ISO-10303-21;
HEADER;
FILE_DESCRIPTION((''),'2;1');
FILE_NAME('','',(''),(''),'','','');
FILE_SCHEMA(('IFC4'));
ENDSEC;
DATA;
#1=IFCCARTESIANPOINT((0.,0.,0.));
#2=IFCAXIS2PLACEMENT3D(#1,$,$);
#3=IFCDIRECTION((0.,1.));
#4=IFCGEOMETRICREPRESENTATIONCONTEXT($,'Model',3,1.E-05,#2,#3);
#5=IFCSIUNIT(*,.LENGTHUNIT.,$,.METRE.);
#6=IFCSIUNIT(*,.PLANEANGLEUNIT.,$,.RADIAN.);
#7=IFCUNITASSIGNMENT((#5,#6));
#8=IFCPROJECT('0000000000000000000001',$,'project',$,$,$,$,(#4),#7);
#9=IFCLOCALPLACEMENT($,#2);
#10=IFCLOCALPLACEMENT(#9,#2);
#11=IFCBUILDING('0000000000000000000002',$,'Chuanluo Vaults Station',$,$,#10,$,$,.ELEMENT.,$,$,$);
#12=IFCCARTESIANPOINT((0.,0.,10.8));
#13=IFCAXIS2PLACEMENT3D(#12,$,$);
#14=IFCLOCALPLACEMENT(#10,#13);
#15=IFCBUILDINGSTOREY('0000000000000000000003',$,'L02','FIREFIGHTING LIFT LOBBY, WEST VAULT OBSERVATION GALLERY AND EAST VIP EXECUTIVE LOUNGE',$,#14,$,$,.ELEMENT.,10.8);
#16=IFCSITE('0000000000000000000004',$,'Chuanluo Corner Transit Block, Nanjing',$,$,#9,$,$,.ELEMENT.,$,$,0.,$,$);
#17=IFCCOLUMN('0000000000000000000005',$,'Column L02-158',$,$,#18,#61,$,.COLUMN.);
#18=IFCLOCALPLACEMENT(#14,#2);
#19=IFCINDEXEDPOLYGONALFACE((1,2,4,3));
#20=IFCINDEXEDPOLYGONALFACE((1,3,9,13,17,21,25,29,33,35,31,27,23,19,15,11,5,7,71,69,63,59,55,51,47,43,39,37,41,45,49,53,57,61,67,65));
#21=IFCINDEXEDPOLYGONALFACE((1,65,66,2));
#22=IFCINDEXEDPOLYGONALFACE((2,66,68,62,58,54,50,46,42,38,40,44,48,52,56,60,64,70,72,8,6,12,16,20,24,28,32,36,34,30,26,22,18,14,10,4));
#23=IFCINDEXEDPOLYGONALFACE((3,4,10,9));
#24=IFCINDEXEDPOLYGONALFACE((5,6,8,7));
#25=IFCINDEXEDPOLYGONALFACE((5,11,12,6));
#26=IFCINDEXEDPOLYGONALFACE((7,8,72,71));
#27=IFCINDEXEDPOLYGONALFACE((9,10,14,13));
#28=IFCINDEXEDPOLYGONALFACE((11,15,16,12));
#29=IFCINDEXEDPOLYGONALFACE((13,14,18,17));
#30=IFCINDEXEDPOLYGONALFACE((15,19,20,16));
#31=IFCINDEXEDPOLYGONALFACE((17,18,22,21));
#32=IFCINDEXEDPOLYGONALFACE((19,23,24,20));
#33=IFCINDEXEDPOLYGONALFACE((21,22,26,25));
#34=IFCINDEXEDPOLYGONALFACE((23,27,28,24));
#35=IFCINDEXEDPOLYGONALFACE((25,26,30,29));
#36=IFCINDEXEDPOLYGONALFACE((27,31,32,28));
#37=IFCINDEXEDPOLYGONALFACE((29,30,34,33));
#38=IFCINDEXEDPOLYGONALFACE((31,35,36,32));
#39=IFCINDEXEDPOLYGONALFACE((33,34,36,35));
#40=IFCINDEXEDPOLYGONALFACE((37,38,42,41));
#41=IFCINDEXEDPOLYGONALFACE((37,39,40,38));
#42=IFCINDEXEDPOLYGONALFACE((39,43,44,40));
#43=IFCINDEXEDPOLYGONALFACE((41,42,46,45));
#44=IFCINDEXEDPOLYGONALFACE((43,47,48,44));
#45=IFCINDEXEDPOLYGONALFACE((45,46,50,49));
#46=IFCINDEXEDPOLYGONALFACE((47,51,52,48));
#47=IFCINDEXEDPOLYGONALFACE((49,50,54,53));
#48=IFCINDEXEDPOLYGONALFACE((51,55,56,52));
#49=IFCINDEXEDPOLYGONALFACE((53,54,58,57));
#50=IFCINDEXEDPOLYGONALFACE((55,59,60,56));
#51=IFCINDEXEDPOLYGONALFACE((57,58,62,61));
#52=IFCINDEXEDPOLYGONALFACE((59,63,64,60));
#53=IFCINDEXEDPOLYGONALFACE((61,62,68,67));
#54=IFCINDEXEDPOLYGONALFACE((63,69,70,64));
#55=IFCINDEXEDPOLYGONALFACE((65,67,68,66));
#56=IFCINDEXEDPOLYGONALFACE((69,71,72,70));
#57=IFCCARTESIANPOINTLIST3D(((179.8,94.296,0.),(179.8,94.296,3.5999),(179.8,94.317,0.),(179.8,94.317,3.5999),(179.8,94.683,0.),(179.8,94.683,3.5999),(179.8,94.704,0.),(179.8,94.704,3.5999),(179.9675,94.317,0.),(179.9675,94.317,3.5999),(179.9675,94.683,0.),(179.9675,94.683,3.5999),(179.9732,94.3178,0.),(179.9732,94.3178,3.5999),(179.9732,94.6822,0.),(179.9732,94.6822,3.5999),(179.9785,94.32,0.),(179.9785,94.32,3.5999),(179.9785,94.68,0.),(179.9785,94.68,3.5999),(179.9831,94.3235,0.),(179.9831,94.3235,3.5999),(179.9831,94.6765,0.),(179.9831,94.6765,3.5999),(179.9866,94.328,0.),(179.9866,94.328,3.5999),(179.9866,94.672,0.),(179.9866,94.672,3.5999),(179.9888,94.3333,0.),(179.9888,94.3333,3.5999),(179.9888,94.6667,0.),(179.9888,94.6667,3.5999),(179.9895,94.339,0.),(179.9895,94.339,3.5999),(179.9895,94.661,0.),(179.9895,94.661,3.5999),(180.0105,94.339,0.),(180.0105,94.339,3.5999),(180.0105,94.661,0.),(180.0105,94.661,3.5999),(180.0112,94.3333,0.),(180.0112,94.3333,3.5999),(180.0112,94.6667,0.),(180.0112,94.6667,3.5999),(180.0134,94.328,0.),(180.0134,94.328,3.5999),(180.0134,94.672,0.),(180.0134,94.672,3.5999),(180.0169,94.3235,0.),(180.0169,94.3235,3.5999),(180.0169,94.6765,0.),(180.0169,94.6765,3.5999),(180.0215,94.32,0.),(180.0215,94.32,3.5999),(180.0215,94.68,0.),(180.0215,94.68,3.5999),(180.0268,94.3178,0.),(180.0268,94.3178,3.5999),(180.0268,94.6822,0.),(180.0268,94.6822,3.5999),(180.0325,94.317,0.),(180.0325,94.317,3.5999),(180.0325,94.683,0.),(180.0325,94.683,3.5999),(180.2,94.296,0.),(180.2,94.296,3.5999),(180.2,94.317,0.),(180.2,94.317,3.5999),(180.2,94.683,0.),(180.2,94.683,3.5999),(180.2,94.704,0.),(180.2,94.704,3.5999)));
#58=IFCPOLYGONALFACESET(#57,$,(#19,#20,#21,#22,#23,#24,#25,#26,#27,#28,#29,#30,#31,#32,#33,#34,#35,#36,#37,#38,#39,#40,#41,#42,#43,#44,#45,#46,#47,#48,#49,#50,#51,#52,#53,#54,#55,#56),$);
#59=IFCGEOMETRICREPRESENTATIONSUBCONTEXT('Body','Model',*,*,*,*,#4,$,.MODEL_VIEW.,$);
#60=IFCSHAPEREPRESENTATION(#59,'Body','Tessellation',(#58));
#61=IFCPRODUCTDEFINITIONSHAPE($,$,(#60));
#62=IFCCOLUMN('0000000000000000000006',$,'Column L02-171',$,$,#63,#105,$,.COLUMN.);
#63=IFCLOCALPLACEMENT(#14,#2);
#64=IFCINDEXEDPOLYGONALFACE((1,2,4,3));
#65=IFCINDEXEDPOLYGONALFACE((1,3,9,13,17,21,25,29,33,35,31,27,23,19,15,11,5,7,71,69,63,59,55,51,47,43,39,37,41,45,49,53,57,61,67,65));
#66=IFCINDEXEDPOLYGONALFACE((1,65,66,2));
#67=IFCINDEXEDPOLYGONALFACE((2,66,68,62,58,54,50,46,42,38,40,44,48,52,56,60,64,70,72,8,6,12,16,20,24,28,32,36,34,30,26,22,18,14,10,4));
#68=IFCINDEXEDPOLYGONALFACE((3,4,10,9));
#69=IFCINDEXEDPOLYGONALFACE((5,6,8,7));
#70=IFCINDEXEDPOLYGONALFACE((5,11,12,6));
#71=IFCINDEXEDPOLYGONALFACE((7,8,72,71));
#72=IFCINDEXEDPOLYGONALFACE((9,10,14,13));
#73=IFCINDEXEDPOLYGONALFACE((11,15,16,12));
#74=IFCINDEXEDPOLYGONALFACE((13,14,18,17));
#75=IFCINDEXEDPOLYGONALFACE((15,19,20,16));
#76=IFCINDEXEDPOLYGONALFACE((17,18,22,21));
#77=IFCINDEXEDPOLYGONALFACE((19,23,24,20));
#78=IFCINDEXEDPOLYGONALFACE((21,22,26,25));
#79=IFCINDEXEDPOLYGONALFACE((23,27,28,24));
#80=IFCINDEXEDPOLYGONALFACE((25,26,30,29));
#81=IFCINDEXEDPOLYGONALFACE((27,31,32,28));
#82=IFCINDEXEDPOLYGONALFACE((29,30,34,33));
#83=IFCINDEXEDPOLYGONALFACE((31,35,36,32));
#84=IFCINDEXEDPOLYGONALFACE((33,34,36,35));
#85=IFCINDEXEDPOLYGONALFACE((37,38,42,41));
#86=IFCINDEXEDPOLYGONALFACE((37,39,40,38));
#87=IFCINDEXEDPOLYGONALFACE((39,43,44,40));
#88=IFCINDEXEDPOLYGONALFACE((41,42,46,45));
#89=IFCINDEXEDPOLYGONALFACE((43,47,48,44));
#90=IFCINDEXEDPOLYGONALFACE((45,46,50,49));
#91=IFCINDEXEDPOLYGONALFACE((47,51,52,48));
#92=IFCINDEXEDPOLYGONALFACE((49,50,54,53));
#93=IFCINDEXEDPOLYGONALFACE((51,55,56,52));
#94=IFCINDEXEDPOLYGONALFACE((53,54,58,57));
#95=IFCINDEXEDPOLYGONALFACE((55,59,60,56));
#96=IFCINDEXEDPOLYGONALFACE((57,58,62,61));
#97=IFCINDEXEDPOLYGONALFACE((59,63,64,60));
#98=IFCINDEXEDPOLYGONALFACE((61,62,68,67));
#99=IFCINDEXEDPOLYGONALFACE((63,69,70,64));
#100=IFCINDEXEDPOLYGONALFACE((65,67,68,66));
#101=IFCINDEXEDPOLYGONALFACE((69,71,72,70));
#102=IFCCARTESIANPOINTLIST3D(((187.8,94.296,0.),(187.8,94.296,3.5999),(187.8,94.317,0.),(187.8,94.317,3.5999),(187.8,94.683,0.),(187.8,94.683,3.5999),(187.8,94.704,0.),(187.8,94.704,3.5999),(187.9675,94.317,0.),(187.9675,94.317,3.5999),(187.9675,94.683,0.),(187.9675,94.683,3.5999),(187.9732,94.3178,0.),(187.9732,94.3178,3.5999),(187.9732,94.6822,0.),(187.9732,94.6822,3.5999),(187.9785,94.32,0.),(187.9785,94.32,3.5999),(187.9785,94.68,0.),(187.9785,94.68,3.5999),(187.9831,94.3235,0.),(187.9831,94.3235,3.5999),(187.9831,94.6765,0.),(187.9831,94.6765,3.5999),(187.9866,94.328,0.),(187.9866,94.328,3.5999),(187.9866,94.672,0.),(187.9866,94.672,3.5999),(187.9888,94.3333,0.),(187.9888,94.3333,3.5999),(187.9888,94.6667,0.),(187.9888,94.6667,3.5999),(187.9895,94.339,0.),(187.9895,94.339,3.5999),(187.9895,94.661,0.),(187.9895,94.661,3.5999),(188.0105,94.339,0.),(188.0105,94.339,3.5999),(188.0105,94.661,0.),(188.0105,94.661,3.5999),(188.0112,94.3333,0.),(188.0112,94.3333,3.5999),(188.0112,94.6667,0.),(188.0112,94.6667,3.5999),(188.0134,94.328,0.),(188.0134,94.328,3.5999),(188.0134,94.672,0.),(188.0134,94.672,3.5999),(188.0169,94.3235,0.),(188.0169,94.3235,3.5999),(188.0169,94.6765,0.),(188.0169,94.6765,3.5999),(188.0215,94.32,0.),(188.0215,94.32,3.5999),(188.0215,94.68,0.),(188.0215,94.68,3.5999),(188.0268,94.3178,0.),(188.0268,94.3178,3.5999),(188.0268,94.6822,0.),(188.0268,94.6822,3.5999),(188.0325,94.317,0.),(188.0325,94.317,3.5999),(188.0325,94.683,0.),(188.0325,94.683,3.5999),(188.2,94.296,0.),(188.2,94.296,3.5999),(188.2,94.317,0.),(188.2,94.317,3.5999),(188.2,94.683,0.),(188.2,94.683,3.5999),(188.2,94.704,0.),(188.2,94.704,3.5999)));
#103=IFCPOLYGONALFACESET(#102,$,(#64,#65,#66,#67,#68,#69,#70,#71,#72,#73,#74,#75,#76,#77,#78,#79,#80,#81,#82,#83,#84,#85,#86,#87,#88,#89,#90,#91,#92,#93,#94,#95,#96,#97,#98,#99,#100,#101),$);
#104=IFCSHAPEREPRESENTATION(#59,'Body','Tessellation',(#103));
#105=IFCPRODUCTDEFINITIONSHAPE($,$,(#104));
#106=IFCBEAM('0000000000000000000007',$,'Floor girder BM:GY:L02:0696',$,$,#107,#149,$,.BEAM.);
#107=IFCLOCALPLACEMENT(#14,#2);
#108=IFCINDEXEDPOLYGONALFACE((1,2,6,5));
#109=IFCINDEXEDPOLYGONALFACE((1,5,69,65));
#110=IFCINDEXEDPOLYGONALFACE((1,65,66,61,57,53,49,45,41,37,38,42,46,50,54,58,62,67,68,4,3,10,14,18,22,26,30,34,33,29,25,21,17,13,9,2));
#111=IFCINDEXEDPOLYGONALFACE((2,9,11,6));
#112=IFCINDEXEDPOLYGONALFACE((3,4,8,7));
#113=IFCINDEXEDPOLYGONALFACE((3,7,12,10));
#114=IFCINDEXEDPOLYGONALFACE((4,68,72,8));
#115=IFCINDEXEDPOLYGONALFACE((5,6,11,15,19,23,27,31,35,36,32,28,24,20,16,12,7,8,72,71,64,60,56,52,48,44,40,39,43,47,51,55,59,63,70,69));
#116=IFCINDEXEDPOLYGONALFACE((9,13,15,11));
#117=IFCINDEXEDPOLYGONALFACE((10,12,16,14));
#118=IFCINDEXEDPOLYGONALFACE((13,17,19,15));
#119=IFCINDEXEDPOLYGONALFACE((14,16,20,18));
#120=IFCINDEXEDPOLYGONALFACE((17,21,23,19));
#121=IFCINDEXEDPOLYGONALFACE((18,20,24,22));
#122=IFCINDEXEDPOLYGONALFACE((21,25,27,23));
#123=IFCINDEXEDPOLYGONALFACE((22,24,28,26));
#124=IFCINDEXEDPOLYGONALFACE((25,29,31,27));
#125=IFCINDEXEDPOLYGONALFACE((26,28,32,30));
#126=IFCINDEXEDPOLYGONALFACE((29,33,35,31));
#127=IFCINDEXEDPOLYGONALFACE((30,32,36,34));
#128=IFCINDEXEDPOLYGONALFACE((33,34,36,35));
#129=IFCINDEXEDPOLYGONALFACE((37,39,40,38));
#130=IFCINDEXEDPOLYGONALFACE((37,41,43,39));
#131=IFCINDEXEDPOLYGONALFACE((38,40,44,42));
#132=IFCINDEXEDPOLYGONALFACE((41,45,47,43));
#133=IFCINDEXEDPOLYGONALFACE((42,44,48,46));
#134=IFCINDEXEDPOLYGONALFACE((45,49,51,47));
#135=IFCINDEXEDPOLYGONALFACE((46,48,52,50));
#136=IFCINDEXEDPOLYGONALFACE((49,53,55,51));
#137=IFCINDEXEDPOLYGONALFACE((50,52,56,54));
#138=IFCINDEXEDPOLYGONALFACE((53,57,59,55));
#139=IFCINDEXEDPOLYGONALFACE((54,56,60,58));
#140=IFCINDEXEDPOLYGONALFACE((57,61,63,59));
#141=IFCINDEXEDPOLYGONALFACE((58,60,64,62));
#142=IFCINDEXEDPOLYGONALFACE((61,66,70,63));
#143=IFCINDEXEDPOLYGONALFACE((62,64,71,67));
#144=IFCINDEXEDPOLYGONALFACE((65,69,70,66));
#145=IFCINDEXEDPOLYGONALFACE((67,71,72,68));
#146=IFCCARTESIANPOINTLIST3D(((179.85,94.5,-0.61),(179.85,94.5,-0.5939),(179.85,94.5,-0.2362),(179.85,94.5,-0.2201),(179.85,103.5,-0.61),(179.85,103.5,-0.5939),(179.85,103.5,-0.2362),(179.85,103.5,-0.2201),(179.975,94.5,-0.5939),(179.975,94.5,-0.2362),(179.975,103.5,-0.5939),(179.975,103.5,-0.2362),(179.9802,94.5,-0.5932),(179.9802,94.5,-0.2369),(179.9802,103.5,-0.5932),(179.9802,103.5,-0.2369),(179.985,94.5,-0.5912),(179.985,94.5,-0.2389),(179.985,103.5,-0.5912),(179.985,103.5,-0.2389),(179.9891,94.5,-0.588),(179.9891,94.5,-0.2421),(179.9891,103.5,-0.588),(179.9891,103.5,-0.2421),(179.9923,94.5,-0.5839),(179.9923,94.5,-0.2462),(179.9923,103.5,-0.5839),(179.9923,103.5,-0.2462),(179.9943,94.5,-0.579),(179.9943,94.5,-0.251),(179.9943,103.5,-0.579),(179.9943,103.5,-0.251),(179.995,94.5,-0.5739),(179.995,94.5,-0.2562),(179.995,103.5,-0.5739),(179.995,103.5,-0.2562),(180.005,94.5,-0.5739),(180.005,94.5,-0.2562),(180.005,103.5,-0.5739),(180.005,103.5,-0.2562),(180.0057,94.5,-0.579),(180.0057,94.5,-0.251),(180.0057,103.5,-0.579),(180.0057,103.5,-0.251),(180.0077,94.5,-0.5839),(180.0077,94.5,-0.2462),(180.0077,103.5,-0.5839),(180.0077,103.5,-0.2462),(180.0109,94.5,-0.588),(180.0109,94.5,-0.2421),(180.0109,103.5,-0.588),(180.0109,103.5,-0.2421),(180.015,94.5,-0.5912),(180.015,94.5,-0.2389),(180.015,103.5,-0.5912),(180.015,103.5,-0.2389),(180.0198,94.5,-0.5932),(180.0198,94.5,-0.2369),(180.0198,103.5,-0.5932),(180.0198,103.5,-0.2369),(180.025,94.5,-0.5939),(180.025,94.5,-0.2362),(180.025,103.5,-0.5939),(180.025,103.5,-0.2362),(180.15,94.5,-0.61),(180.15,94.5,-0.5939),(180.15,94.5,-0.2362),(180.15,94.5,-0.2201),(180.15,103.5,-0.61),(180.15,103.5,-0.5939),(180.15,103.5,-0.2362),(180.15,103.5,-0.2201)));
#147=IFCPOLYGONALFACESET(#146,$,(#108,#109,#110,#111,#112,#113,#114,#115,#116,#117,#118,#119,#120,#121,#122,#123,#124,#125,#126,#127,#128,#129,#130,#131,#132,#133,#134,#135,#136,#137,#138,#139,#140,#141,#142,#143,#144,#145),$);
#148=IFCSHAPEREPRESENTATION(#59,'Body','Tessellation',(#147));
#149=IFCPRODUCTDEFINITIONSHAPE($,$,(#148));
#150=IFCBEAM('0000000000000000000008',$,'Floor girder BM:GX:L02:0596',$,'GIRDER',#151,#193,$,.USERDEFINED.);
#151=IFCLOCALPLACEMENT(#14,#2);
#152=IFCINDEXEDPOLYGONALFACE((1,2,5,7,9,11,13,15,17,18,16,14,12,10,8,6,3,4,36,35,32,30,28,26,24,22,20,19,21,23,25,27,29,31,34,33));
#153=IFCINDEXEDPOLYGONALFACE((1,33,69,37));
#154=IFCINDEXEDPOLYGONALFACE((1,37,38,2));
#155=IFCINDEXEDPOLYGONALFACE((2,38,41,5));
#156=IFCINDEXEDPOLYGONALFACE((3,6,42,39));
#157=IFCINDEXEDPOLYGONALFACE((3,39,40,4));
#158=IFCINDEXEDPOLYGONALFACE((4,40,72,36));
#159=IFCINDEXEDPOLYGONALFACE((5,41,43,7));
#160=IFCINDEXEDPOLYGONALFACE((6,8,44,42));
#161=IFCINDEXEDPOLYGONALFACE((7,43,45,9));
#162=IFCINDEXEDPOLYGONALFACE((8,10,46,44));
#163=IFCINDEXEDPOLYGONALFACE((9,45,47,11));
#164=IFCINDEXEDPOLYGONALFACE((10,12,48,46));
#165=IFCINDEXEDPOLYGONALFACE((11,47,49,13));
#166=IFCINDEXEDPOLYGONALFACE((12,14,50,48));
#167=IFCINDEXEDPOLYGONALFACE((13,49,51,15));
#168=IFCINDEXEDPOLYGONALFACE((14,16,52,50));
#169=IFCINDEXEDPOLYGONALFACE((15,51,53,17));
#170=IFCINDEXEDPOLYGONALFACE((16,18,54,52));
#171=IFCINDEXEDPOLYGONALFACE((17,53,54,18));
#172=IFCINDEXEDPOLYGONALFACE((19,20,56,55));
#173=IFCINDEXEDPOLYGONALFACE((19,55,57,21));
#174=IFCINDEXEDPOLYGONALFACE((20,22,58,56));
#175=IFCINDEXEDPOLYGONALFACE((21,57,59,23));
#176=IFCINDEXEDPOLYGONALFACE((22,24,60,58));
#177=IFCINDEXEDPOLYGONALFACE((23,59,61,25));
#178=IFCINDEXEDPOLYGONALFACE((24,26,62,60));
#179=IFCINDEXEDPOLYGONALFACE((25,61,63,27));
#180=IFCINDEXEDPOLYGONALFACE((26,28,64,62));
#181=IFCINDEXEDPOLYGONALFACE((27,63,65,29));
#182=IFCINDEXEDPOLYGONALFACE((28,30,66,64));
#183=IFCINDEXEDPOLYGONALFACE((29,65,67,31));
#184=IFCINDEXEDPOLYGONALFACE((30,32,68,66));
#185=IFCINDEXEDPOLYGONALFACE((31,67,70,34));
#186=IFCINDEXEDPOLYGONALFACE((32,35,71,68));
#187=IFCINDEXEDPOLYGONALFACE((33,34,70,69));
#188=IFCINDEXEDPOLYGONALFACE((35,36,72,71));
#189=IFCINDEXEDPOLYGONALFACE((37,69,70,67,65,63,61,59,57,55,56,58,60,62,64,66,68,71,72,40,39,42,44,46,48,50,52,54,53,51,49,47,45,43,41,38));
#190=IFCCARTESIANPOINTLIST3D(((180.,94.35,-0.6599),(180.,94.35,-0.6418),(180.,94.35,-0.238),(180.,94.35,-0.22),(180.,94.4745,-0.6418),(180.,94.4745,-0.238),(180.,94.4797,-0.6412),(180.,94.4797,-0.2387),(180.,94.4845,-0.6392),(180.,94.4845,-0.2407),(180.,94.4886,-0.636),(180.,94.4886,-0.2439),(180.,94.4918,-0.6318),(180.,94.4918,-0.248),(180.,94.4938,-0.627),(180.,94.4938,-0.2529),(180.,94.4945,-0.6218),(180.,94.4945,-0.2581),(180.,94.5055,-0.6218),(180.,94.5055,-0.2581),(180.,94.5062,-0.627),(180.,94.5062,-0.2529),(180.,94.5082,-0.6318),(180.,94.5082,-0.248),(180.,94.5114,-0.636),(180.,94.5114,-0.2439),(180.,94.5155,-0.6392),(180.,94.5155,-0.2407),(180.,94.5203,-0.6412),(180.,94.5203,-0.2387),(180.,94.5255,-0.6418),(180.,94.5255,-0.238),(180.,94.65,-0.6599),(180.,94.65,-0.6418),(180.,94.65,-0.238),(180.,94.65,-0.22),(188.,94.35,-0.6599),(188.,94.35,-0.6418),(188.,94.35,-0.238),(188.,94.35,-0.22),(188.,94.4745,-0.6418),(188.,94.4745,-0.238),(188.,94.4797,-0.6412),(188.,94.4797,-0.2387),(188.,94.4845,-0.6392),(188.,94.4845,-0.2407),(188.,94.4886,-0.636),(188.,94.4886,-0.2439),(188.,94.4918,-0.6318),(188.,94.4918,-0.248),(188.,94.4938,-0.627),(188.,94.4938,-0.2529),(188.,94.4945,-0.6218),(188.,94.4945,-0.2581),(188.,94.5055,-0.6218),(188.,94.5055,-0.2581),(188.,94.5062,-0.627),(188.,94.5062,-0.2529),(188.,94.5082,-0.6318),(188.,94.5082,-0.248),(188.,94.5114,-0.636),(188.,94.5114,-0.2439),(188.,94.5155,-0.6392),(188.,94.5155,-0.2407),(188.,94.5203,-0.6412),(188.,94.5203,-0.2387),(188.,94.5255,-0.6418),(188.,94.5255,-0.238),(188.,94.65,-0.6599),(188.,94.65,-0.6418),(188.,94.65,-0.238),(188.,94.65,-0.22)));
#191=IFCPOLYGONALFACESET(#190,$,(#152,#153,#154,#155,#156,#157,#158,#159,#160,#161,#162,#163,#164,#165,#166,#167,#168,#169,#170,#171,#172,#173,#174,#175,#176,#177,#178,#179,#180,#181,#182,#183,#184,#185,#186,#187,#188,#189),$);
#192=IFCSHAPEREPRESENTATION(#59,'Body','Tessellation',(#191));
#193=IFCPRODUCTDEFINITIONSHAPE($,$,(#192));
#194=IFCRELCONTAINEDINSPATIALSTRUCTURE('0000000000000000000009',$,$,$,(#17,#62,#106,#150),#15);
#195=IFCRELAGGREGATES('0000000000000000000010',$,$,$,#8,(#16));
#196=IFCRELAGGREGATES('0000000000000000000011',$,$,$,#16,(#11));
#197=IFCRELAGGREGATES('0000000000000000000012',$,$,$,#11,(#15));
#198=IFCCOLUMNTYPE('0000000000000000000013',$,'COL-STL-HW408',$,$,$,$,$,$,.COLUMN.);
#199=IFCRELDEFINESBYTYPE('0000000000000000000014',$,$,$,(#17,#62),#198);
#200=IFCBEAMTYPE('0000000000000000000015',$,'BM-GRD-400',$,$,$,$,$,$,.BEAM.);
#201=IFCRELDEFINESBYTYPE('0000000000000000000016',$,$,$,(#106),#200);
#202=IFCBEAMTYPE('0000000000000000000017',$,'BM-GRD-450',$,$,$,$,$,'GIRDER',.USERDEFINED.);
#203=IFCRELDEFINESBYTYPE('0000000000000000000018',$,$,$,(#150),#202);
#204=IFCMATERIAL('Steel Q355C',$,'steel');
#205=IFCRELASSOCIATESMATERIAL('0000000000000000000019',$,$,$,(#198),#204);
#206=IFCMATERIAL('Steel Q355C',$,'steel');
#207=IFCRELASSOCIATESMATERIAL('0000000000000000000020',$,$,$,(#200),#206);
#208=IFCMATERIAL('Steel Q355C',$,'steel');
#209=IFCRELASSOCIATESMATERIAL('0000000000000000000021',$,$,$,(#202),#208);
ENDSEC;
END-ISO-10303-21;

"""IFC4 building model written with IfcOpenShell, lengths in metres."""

from ifc_helpers import new_model, si_unit, direction, frame, origin, origin_2d, place, context, subcontext, project, spatial, i_section, extrude, material, material_profile, profile_set, type_object, element, save


model = new_model("IFC4")

# Units and contexts
model_context = context("Model", 3, precision=1e-05, world=origin(), true_north=direction((0.0, 1.0)))
body_context = subcontext(model_context, "Body", "Model", "MODEL_VIEW")
ifc_project = project(units=[si_unit("LENGTHUNIT", "METRE"), si_unit("PLANEANGLEUNIT", "RADIAN")], contexts=[model_context])

# Site, building, storey
site_placement = place(None, origin())
site = spatial("IfcSite", under=ifc_project, at=site_placement, Name="Chuanluo Corner Transit Block, Nanjing", CompositionType="ELEMENT", RefElevation=0.0)
building_placement = place(site_placement, origin())
building = spatial("IfcBuilding", under=site, at=building_placement, Name="Chuanluo Vaults Station", CompositionType="ELEMENT")
storey_placement = place(building_placement, frame((0.0, 0.0, 10.8)))
storey = spatial("IfcBuildingStorey", under=building, at=storey_placement, Name="L02", Description="FIREFIGHTING LIFT LOBBY, WEST VAULT OBSERVATION GALLERY AND EAST VIP EXECUTIVE LOUNGE", CompositionType="ELEMENT", Elevation=10.8)

# Columns
ifc_material_1 = material(Name="Steel Q355C", Category="steel")
ifc_material_profile_1 = material_profile(ifc_material_1, i_section(OverallWidth=0.3999, OverallDepth=0.408, WebThickness=0.021, FlangeThickness=0.021, FilletRadius=0.022, at=origin_2d()))
ifc_profile_set_1 = profile_set([ifc_material_profile_1], Name="Steel Q355C")
column_type = type_object("IfcColumnType", Name="COL-STL-HW408", PredefinedType="COLUMN", material=ifc_profile_set_1)
for number, where, z_axis, x_axis, name in (
    (1, (180.0, 94.5, 0.0), (0.0, 0.0, 1.0), (1.0, 0.0, 0.0), "Column L02-158"),
    (2, (188.0, 94.5, 0.0), (0.0, 0.0, 1.0), (1.0, 0.0, 0.0), "Column L02-171"),
):
    element("IfcColumn", number, at=place(storey_placement, frame(where, z_axis=z_axis, x_axis=x_axis)), inside=storey, type_object=column_type, Name=name, PredefinedType="COLUMN", context=body_context, shape_type="SweptSolid", body=[
        extrude(i_section(OverallWidth=0.3999, OverallDepth=0.408, WebThickness=0.021, FlangeThickness=0.021, FilletRadius=0.022, at=origin_2d()), origin(), (0.0, 0.0, 1.0), 3.5999),
    ])

# Beams
ifc_material_2 = material(Name="Steel Q355C", Category="steel")
ifc_material_profile_2 = material_profile(ifc_material_2, i_section(OverallWidth=0.3, OverallDepth=0.3899, WebThickness=0.01, FlangeThickness=0.0161, FilletRadius=0.02, at=origin_2d()))
ifc_profile_set_2 = profile_set([ifc_material_profile_2], Name="Steel Q355C")
beam_type_1 = type_object("IfcBeamType", Name="BM-GRD-400", PredefinedType="BEAM", material=ifc_profile_set_2)
beam_1_placement = place(storey_placement, frame((180.0, 94.5, -0.415), z_axis=(0.0, 1.0, 0.0), x_axis=(-1.0, 0.0, 0.0)))
element("IfcBeam", 3, at=beam_1_placement, inside=storey, type_object=beam_type_1, Name="Floor girder BM:GY:L02:0696", PredefinedType="BEAM", context=body_context, shape_type="SweptSolid", body=[
    extrude(i_section(OverallWidth=0.3, OverallDepth=0.3899, WebThickness=0.01, FlangeThickness=0.0161, FilletRadius=0.02, at=origin_2d()), origin(), (0.0, 0.0, 1.0), 9.0),
])
ifc_material_3 = material(Name="Steel Q355C", Category="steel")
ifc_material_profile_3 = material_profile(ifc_material_3, i_section(OverallWidth=0.3, OverallDepth=0.4399, WebThickness=0.011, FlangeThickness=0.0181, FilletRadius=0.02, at=origin_2d()))
ifc_profile_set_3 = profile_set([ifc_material_profile_3], Name="Steel Q355C")
beam_type_2 = type_object("IfcBeamType", Name="BM-GRD-450", ElementType="GIRDER", PredefinedType="USERDEFINED", material=ifc_profile_set_3)
beam_2_placement = place(storey_placement, frame((180.0, 94.5, -0.4399), z_axis=(1.0, 0.0, 0.0), x_axis=(0.0, 1.0, 0.0)))
element("IfcBeam", 4, at=beam_2_placement, inside=storey, type_object=beam_type_2, Name="Floor girder BM:GX:L02:0596", ObjectType="GIRDER", PredefinedType="USERDEFINED", context=body_context, shape_type="SweptSolid", body=[
    extrude(i_section(OverallWidth=0.3, OverallDepth=0.4399, WebThickness=0.011, FlangeThickness=0.0181, FilletRadius=0.02, at=origin_2d()), origin(), (0.0, 0.0, 1.0), 8.0),
])

save(model, "model.ifc")
